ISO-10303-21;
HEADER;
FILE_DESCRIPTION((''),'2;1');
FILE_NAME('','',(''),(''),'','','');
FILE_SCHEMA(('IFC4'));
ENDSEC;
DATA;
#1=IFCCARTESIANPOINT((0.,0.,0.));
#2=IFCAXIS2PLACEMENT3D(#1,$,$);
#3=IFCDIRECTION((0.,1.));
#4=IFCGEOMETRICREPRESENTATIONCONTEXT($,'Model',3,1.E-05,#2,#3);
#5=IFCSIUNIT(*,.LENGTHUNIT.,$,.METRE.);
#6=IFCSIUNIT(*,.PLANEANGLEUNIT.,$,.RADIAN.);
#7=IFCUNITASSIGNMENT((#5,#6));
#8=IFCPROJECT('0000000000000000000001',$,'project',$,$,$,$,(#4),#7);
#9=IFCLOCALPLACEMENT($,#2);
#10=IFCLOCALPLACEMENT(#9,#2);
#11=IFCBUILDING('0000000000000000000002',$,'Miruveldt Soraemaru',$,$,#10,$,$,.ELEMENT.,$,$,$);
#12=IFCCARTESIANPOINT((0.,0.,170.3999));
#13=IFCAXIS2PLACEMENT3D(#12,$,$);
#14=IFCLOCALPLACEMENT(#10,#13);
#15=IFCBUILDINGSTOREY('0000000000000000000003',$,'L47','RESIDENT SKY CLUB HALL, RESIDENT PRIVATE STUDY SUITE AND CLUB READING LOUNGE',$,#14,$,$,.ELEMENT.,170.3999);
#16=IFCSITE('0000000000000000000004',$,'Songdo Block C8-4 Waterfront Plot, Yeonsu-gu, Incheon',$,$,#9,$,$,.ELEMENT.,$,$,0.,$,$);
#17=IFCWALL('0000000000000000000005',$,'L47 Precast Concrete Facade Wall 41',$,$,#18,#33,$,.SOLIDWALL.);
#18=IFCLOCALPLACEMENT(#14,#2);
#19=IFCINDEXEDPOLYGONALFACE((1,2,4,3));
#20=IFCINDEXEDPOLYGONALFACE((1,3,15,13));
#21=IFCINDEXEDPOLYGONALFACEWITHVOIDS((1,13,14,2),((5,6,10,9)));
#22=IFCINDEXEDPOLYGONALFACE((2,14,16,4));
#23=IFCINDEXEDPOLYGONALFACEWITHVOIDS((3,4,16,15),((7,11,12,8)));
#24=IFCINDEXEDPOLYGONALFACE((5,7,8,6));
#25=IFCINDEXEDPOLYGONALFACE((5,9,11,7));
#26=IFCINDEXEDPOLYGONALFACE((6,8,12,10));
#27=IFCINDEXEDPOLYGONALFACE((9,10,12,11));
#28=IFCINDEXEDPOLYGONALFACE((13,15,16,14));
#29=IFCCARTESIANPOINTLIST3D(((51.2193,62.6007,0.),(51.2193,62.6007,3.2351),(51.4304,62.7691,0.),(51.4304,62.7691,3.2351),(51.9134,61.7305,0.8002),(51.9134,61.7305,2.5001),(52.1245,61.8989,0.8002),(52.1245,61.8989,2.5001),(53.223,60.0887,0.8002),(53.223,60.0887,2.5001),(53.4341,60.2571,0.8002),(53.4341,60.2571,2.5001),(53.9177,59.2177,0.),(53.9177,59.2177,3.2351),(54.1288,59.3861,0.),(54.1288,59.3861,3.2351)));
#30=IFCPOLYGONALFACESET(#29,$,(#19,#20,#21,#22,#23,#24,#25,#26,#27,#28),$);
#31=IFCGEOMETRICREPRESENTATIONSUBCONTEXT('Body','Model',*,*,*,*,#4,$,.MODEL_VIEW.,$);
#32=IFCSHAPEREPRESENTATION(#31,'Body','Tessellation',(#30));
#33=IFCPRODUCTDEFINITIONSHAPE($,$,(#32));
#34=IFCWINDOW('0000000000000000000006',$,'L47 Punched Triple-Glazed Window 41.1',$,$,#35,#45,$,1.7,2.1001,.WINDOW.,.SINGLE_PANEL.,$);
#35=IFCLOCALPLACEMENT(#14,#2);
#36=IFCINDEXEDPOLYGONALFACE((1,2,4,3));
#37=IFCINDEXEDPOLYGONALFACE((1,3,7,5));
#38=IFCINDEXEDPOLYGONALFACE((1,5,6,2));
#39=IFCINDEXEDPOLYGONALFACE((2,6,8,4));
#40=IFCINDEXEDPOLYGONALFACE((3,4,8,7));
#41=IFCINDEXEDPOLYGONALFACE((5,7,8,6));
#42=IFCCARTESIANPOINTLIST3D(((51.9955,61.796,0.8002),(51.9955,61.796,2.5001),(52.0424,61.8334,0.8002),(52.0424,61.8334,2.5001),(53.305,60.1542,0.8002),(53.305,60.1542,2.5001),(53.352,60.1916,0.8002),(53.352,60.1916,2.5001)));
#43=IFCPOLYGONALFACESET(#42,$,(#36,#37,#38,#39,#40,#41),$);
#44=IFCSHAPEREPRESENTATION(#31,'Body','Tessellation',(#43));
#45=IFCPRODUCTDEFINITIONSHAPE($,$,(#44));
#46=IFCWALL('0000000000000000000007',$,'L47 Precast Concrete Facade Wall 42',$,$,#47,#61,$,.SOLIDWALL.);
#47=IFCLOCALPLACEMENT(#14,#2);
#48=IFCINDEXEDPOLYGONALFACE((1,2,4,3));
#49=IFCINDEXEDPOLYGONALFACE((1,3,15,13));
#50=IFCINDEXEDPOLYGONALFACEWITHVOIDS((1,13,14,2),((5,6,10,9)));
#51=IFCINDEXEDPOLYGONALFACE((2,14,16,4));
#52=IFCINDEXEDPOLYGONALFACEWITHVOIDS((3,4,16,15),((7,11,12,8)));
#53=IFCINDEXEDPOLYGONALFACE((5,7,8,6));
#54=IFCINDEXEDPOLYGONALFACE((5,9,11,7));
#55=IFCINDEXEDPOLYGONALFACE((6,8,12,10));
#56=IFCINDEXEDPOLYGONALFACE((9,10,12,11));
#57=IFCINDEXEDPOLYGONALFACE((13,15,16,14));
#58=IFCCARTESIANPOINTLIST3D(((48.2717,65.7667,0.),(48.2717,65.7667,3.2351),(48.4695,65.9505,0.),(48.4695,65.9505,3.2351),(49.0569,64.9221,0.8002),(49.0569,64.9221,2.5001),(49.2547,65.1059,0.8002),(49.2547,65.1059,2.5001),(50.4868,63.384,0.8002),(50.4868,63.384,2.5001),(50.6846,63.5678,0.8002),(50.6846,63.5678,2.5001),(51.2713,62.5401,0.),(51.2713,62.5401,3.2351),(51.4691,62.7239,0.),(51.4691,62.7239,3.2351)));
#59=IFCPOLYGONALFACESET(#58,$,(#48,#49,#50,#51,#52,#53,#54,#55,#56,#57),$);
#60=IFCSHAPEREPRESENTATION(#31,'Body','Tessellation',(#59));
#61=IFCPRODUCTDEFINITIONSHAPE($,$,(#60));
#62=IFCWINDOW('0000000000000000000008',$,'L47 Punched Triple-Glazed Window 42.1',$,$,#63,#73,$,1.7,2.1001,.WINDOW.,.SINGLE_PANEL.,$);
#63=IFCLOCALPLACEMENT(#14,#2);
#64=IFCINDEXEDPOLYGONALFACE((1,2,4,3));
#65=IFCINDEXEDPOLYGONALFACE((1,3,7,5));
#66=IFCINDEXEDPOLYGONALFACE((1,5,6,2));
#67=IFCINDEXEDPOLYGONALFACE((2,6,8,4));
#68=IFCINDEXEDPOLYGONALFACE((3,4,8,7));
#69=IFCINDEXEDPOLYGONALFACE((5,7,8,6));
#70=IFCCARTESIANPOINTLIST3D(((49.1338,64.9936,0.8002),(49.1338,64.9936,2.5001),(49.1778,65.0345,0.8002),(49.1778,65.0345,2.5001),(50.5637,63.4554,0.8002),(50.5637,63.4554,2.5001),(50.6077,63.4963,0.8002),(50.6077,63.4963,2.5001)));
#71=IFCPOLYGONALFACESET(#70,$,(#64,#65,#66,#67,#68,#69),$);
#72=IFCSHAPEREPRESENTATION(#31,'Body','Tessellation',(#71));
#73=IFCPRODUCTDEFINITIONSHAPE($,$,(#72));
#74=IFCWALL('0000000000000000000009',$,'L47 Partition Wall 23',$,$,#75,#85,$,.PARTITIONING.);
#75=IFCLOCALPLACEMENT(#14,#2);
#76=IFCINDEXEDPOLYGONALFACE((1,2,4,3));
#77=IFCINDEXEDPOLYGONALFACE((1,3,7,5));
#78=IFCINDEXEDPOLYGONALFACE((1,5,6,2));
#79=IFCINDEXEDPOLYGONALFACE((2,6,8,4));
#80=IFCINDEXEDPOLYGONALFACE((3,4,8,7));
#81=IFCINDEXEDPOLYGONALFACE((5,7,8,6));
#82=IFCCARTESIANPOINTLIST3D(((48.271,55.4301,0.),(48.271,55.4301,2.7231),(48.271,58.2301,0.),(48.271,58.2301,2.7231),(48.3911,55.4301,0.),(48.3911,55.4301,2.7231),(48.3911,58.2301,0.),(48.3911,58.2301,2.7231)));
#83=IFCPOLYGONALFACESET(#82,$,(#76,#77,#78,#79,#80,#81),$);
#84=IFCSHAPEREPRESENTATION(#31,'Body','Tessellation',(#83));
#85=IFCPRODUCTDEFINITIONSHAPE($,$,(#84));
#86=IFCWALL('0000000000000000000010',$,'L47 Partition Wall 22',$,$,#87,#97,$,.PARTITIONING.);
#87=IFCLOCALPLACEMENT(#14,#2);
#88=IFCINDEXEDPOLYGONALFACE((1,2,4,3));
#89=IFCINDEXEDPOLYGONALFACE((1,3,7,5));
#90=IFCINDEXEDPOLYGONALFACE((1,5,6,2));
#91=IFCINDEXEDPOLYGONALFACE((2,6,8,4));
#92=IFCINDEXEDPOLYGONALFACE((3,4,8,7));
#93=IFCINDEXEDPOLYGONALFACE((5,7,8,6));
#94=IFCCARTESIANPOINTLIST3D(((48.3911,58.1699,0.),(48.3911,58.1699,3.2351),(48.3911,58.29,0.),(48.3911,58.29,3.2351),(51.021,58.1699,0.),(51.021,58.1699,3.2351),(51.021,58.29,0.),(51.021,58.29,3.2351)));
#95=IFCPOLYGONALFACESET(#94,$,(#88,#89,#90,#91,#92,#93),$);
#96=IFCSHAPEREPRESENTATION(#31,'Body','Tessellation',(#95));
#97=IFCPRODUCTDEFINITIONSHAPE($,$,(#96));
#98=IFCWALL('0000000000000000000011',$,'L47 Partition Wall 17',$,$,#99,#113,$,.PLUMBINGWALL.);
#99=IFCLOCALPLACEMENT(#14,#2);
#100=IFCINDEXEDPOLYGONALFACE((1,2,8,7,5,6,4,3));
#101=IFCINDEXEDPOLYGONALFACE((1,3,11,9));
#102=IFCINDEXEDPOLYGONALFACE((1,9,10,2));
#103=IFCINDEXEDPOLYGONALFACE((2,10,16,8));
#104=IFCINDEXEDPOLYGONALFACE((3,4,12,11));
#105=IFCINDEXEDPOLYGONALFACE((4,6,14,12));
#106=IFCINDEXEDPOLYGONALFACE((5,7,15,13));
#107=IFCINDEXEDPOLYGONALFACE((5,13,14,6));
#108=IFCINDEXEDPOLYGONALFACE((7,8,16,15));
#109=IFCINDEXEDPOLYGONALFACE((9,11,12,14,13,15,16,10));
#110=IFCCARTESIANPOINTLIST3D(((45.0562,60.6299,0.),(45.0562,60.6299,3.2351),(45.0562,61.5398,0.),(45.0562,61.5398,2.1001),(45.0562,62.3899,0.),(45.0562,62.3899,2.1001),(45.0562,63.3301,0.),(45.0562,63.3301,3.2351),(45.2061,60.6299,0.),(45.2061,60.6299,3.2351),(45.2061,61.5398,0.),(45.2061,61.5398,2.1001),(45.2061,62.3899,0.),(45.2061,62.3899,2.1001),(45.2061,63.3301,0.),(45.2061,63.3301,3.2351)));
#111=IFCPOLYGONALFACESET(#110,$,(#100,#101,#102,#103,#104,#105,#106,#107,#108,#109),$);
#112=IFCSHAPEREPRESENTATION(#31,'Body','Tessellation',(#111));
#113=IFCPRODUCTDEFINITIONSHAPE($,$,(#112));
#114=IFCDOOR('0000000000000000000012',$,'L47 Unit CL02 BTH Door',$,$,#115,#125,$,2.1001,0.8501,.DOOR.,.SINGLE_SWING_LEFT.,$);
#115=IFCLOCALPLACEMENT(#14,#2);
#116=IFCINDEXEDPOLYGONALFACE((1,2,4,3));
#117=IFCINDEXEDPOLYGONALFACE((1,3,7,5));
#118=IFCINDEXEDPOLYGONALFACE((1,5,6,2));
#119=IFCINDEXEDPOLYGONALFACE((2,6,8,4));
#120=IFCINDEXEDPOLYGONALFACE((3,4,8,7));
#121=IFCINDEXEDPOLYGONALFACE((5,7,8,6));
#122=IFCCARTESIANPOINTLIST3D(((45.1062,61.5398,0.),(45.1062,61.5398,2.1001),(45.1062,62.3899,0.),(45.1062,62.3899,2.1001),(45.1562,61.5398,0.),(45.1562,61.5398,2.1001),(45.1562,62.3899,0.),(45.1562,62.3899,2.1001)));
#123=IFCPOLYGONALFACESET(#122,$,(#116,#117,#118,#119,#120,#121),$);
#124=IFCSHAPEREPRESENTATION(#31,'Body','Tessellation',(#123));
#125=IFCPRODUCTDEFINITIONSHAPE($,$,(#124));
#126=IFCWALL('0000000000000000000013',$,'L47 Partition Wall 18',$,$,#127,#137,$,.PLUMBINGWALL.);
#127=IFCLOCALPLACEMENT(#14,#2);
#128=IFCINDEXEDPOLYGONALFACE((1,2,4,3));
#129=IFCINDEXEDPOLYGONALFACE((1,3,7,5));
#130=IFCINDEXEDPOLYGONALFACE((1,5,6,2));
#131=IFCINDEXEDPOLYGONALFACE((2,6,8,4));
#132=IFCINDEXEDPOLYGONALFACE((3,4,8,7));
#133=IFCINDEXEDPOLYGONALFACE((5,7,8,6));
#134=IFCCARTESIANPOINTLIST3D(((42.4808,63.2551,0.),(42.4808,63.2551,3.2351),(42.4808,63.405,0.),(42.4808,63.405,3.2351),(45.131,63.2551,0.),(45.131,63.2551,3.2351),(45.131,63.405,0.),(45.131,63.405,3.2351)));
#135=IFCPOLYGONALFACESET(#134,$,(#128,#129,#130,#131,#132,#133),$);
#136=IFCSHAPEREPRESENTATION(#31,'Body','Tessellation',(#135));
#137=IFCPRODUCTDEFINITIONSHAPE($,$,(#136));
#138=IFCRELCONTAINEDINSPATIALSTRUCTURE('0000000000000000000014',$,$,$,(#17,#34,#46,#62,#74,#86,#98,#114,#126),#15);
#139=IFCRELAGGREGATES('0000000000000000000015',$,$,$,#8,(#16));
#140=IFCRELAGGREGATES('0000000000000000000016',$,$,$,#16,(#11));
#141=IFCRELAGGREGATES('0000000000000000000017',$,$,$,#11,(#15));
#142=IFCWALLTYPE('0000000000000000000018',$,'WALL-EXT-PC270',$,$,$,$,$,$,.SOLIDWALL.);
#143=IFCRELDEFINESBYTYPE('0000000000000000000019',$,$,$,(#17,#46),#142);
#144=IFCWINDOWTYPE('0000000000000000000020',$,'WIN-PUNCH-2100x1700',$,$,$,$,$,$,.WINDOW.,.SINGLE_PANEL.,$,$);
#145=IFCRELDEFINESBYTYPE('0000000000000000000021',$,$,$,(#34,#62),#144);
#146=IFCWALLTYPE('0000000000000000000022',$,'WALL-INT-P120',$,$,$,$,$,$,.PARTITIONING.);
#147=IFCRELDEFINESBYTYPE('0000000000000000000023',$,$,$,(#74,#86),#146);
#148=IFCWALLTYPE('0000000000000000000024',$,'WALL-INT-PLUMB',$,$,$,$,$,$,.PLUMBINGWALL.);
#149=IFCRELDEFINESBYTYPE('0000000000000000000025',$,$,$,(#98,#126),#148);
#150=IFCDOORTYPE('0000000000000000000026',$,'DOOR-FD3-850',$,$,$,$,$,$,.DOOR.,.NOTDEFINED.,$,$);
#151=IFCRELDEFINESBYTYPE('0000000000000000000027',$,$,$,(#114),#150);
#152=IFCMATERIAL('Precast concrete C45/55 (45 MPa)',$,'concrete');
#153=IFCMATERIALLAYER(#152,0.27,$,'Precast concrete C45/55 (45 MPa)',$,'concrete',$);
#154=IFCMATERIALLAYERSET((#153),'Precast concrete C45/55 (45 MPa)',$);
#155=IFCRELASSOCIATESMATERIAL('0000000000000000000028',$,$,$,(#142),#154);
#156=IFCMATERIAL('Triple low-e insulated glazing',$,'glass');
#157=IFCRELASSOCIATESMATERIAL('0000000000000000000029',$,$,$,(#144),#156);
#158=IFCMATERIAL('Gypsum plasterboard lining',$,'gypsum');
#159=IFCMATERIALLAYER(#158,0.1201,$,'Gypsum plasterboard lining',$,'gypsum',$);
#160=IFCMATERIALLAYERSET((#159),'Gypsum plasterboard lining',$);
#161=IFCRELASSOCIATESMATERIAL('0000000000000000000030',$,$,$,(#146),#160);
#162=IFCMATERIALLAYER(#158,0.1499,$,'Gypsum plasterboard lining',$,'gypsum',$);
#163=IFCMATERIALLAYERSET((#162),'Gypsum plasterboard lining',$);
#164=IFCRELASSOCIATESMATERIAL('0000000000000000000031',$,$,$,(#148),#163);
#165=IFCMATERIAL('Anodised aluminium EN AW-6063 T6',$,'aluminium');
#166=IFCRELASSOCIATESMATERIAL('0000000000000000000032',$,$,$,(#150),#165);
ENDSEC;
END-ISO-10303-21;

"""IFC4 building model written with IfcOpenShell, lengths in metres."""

from ifc_helpers import new_model, si_unit, direction, frame, frame_2d, origin, place, context, subcontext, project, spatial, rectangle, extrude, material, layer, layer_set, type_object, element, fill, save


model = new_model("IFC4")

# Units and contexts
model_context = context("Model", 3, precision=1e-05, world=origin(), true_north=direction((0.0, 1.0)))
body_context = subcontext(model_context, "Body", "Model", "MODEL_VIEW")
ifc_project = project(units=[si_unit("LENGTHUNIT", "METRE"), si_unit("PLANEANGLEUNIT", "RADIAN")], contexts=[model_context])

# Site, building, storey
site_placement = place(None, origin())
site = spatial("IfcSite", under=ifc_project, at=site_placement, Name="Songdo Block C8-4 Waterfront Plot, Yeonsu-gu, Incheon", CompositionType="ELEMENT", RefElevation=0.0)
building_placement = place(site_placement, origin())
building = spatial("IfcBuilding", under=site, at=building_placement, Name="Miruveldt Soraemaru", CompositionType="ELEMENT")
storey_placement = place(building_placement, frame((0.0, 0.0, 170.3999)))
storey = spatial("IfcBuildingStorey", under=building, at=storey_placement, Name="L47", Description="RESIDENT SKY CLUB HALL, RESIDENT PRIVATE STUDY SUITE AND CLUB READING LOUNGE", CompositionType="ELEMENT", Elevation=170.3999)

# Walls, openings, windows
ifc_material_1 = material(Name="Precast concrete C45/55 (45 MPa)", Category="concrete")
ifc_layer_1 = layer(ifc_material_1, 0.27, Name="Precast concrete C45/55 (45 MPa)", Category="concrete")
ifc_layer_set_1 = layer_set([ifc_layer_1], Name="Precast concrete C45/55 (45 MPa)")
wall_type_1 = type_object("IfcWallType", Name="WALL-EXT-PC270", PredefinedType="SOLIDWALL", material=ifc_layer_set_1)
ifc_material_2 = material(Name="Triple low-e insulated glazing", Category="glass")
window_type_1 = type_object("IfcWindowType", Name="WIN-PUNCH-2100x1700", PartitioningType="SINGLE_PANEL", PredefinedType="WINDOW", material=ifc_material_2)
wall_1_placement = place(storey_placement, frame((54.0232, 59.302, 0.0), z_axis=(0.0, 0.0, 1.0), x_axis=(-0.623573, 0.781765, 0.0)))
wall_1 = element("IfcWall", 1, at=wall_1_placement, inside=storey, type_object=wall_type_1, Name="L47 Precast Concrete Facade Wall 41", PredefinedType="SOLIDWALL", context=body_context, shape_type="SweptSolid", body=[
    extrude(rectangle(XDim=4.3274, YDim=0.27, at=frame_2d((2.1636, 0.0))), origin(), (0.0, 0.0, 1.0), 3.2351),
])
opening_1_placement = place(wall_1_placement, frame((1.114, 0.0, 0.8)))
opening_1 = element("IfcOpeningElement", 2, at=opening_1_placement, cuts=wall_1, PredefinedType="OPENING", context=body_context, shape_type="SweptSolid", body=[
    extrude(rectangle(XDim=2.1001, YDim=1.7, at=frame_2d((1.05, 0.8501))), frame((0.0, 0.145, 0.0), z_axis=(0.0, -1.0, 0.0), x_axis=(1.0, 0.0, 0.0)), (0.0, 0.0, 1.0), 0.29),
])
window_1_placement = place(opening_1_placement, origin())
window_1 = element("IfcWindow", 3, at=window_1_placement, inside=storey, type_object=window_type_1, Name="L47 Punched Triple-Glazed Window 41.1", OverallHeight=1.7, OverallWidth=2.1001, PartitioningType="SINGLE_PANEL", PredefinedType="WINDOW", context=body_context, shape_type="SweptSolid", body=[
    extrude(rectangle(XDim=2.1001, YDim=1.7, at=frame_2d((1.05, 0.8501))), frame((0.0, 0.03, 0.0), z_axis=(0.0, -1.0, 0.0), x_axis=(1.0, 0.0, 0.0)), (0.0, 0.0, 1.0), 0.0601),
])
fill(opening_1, window_1)
wall_2_placement = place(storey_placement, frame((51.3701, 62.6321, 0.0), z_axis=(0.0, 0.0, 1.0), x_axis=(-0.680868, 0.732407, 0.0)))
wall_2 = element("IfcWall", 4, at=wall_2_placement, inside=storey, type_object=wall_type_1, Name="L47 Precast Concrete Facade Wall 42", PredefinedType="SOLIDWALL", context=body_context, shape_type="SweptSolid", body=[
    extrude(rectangle(XDim=4.4055, YDim=0.27, at=frame_2d((2.2026, 0.0))), origin(), (0.0, 0.0, 1.0), 3.2351),
])
opening_2_placement = place(wall_2_placement, frame((1.1521, 0.0, 0.8)))
opening_2 = element("IfcOpeningElement", 5, at=opening_2_placement, cuts=wall_2, PredefinedType="OPENING", context=body_context, shape_type="SweptSolid", body=[
    extrude(rectangle(XDim=2.1001, YDim=1.7, at=frame_2d((1.05, 0.8501))), frame((0.0, 0.145, 0.0), z_axis=(0.0, -1.0, 0.0), x_axis=(1.0, 0.0, 0.0)), (0.0, 0.0, 1.0), 0.29),
])
window_2_placement = place(opening_2_placement, origin())
window_2 = element("IfcWindow", 6, at=window_2_placement, inside=storey, type_object=window_type_1, Name="L47 Punched Triple-Glazed Window 42.1", OverallHeight=1.7, OverallWidth=2.1001, PartitioningType="SINGLE_PANEL", PredefinedType="WINDOW", context=body_context, shape_type="SweptSolid", body=[
    extrude(rectangle(XDim=2.1001, YDim=1.7, at=frame_2d((1.05, 0.8501))), frame((0.0, 0.03, 0.0), z_axis=(0.0, -1.0, 0.0), x_axis=(1.0, 0.0, 0.0)), (0.0, 0.0, 1.0), 0.0601),
])
fill(opening_2, window_2)

# Walls
ifc_material_3 = material(Name="Gypsum plasterboard lining", Category="gypsum")
ifc_layer_2 = layer(ifc_material_3, 0.1201, Name="Gypsum plasterboard lining", Category="gypsum")
ifc_layer_set_2 = layer_set([ifc_layer_2], Name="Gypsum plasterboard lining")
wall_type_2 = type_object("IfcWallType", Name="WALL-INT-P120", PredefinedType="PARTITIONING", material=ifc_layer_set_2)
wall_3_placement = place(storey_placement, frame((48.3311, 58.23, 0.0), z_axis=(0.0, 0.0, 1.0), x_axis=(0.0, -1.0, 0.0)))
element("IfcWall", 7, at=wall_3_placement, inside=storey, type_object=wall_type_2, Name="L47 Partition Wall 23", PredefinedType="PARTITIONING", context=body_context, shape_type="SweptSolid", body=[
    extrude(rectangle(XDim=2.8, YDim=0.1201, at=frame_2d((1.3999, 0.0))), origin(), (0.0, 0.0, 1.0), 2.7231),
])
wall_4_placement = place(storey_placement, frame((51.021, 58.23, 0.0), z_axis=(0.0, 0.0, 1.0), x_axis=(-1.0, 0.0, 0.0)))
element("IfcWall", 8, at=wall_4_placement, inside=storey, type_object=wall_type_2, Name="L47 Partition Wall 22", PredefinedType="PARTITIONING", context=body_context, shape_type="SweptSolid", body=[
    extrude(rectangle(XDim=2.6299, YDim=0.1201, at=frame_2d((1.3149, 0.0))), origin(), (0.0, 0.0, 1.0), 3.2351),
])

# Wall, opening, door
ifc_layer_3 = layer(ifc_material_3, 0.1499, Name="Gypsum plasterboard lining", Category="gypsum")
ifc_layer_set_3 = layer_set([ifc_layer_3], Name="Gypsum plasterboard lining")
wall_type_3 = type_object("IfcWallType", Name="WALL-INT-PLUMB", PredefinedType="PLUMBINGWALL", material=ifc_layer_set_3)
wall_5_placement = place(storey_placement, frame((45.1311, 60.6299, 0.0), z_axis=(0.0, 0.0, 1.0), x_axis=(0.0, 1.0, 0.0)))
wall_5 = element("IfcWall", 9, at=wall_5_placement, inside=storey, type_object=wall_type_3, Name="L47 Partition Wall 17", PredefinedType="PLUMBINGWALL", context=body_context, shape_type="SweptSolid", body=[
    extrude(rectangle(XDim=2.7002, YDim=0.1499, at=frame_2d((1.3501, 0.0))), origin(), (0.0, 0.0, 1.0), 3.2351),
])
opening_3_placement = place(wall_5_placement, frame((0.9099, 0.0, 0.0)))
opening_3 = element("IfcOpeningElement", 10, at=opening_3_placement, cuts=wall_5, PredefinedType="OPENING", context=body_context, shape_type="SweptSolid", body=[
    extrude(rectangle(XDim=0.8501, YDim=2.1001, at=frame_2d((0.425, 1.05))), frame((0.0, 0.085, 0.0), z_axis=(0.0, -1.0, 0.0), x_axis=(1.0, 0.0, 0.0)), (0.0, 0.0, 1.0), 0.1699),
])
ifc_material_4 = material(Name="Anodised aluminium EN AW-6063 T6", Category="aluminium")
door_type = type_object("IfcDoorType", Name="DOOR-FD3-850", OperationType="NOTDEFINED", PredefinedType="DOOR", material=ifc_material_4)
door_placement = place(opening_3_placement, origin())
door = element("IfcDoor", 11, at=door_placement, inside=storey, type_object=door_type, Name="L47 Unit CL02 BTH Door", OperationType="SINGLE_SWING_LEFT", OverallHeight=2.1001, OverallWidth=0.8501, PredefinedType="DOOR", context=body_context, shape_type="SweptSolid", body=[
    extrude(rectangle(XDim=0.8501, YDim=2.1001, at=frame_2d((0.425, 1.05))), frame((0.0, 0.0249, 0.0), z_axis=(0.0, -1.0, 0.0), x_axis=(1.0, 0.0, 0.0)), (0.0, 0.0, 1.0), 0.05),
])
fill(opening_3, door)

# Wall
wall_6_placement = place(storey_placement, frame((45.1311, 63.3301, 0.0), z_axis=(0.0, 0.0, 1.0), x_axis=(-1.0, 0.0, 0.0)))
element("IfcWall", 12, at=wall_6_placement, inside=storey, type_object=wall_type_3, Name="L47 Partition Wall 18", PredefinedType="PLUMBINGWALL", context=body_context, shape_type="SweptSolid", body=[
    extrude(rectangle(XDim=2.6501, YDim=0.1499, at=frame_2d((1.3252, 0.0))), origin(), (0.0, 0.0, 1.0), 3.2351),
])

save(model, "model.ifc")
